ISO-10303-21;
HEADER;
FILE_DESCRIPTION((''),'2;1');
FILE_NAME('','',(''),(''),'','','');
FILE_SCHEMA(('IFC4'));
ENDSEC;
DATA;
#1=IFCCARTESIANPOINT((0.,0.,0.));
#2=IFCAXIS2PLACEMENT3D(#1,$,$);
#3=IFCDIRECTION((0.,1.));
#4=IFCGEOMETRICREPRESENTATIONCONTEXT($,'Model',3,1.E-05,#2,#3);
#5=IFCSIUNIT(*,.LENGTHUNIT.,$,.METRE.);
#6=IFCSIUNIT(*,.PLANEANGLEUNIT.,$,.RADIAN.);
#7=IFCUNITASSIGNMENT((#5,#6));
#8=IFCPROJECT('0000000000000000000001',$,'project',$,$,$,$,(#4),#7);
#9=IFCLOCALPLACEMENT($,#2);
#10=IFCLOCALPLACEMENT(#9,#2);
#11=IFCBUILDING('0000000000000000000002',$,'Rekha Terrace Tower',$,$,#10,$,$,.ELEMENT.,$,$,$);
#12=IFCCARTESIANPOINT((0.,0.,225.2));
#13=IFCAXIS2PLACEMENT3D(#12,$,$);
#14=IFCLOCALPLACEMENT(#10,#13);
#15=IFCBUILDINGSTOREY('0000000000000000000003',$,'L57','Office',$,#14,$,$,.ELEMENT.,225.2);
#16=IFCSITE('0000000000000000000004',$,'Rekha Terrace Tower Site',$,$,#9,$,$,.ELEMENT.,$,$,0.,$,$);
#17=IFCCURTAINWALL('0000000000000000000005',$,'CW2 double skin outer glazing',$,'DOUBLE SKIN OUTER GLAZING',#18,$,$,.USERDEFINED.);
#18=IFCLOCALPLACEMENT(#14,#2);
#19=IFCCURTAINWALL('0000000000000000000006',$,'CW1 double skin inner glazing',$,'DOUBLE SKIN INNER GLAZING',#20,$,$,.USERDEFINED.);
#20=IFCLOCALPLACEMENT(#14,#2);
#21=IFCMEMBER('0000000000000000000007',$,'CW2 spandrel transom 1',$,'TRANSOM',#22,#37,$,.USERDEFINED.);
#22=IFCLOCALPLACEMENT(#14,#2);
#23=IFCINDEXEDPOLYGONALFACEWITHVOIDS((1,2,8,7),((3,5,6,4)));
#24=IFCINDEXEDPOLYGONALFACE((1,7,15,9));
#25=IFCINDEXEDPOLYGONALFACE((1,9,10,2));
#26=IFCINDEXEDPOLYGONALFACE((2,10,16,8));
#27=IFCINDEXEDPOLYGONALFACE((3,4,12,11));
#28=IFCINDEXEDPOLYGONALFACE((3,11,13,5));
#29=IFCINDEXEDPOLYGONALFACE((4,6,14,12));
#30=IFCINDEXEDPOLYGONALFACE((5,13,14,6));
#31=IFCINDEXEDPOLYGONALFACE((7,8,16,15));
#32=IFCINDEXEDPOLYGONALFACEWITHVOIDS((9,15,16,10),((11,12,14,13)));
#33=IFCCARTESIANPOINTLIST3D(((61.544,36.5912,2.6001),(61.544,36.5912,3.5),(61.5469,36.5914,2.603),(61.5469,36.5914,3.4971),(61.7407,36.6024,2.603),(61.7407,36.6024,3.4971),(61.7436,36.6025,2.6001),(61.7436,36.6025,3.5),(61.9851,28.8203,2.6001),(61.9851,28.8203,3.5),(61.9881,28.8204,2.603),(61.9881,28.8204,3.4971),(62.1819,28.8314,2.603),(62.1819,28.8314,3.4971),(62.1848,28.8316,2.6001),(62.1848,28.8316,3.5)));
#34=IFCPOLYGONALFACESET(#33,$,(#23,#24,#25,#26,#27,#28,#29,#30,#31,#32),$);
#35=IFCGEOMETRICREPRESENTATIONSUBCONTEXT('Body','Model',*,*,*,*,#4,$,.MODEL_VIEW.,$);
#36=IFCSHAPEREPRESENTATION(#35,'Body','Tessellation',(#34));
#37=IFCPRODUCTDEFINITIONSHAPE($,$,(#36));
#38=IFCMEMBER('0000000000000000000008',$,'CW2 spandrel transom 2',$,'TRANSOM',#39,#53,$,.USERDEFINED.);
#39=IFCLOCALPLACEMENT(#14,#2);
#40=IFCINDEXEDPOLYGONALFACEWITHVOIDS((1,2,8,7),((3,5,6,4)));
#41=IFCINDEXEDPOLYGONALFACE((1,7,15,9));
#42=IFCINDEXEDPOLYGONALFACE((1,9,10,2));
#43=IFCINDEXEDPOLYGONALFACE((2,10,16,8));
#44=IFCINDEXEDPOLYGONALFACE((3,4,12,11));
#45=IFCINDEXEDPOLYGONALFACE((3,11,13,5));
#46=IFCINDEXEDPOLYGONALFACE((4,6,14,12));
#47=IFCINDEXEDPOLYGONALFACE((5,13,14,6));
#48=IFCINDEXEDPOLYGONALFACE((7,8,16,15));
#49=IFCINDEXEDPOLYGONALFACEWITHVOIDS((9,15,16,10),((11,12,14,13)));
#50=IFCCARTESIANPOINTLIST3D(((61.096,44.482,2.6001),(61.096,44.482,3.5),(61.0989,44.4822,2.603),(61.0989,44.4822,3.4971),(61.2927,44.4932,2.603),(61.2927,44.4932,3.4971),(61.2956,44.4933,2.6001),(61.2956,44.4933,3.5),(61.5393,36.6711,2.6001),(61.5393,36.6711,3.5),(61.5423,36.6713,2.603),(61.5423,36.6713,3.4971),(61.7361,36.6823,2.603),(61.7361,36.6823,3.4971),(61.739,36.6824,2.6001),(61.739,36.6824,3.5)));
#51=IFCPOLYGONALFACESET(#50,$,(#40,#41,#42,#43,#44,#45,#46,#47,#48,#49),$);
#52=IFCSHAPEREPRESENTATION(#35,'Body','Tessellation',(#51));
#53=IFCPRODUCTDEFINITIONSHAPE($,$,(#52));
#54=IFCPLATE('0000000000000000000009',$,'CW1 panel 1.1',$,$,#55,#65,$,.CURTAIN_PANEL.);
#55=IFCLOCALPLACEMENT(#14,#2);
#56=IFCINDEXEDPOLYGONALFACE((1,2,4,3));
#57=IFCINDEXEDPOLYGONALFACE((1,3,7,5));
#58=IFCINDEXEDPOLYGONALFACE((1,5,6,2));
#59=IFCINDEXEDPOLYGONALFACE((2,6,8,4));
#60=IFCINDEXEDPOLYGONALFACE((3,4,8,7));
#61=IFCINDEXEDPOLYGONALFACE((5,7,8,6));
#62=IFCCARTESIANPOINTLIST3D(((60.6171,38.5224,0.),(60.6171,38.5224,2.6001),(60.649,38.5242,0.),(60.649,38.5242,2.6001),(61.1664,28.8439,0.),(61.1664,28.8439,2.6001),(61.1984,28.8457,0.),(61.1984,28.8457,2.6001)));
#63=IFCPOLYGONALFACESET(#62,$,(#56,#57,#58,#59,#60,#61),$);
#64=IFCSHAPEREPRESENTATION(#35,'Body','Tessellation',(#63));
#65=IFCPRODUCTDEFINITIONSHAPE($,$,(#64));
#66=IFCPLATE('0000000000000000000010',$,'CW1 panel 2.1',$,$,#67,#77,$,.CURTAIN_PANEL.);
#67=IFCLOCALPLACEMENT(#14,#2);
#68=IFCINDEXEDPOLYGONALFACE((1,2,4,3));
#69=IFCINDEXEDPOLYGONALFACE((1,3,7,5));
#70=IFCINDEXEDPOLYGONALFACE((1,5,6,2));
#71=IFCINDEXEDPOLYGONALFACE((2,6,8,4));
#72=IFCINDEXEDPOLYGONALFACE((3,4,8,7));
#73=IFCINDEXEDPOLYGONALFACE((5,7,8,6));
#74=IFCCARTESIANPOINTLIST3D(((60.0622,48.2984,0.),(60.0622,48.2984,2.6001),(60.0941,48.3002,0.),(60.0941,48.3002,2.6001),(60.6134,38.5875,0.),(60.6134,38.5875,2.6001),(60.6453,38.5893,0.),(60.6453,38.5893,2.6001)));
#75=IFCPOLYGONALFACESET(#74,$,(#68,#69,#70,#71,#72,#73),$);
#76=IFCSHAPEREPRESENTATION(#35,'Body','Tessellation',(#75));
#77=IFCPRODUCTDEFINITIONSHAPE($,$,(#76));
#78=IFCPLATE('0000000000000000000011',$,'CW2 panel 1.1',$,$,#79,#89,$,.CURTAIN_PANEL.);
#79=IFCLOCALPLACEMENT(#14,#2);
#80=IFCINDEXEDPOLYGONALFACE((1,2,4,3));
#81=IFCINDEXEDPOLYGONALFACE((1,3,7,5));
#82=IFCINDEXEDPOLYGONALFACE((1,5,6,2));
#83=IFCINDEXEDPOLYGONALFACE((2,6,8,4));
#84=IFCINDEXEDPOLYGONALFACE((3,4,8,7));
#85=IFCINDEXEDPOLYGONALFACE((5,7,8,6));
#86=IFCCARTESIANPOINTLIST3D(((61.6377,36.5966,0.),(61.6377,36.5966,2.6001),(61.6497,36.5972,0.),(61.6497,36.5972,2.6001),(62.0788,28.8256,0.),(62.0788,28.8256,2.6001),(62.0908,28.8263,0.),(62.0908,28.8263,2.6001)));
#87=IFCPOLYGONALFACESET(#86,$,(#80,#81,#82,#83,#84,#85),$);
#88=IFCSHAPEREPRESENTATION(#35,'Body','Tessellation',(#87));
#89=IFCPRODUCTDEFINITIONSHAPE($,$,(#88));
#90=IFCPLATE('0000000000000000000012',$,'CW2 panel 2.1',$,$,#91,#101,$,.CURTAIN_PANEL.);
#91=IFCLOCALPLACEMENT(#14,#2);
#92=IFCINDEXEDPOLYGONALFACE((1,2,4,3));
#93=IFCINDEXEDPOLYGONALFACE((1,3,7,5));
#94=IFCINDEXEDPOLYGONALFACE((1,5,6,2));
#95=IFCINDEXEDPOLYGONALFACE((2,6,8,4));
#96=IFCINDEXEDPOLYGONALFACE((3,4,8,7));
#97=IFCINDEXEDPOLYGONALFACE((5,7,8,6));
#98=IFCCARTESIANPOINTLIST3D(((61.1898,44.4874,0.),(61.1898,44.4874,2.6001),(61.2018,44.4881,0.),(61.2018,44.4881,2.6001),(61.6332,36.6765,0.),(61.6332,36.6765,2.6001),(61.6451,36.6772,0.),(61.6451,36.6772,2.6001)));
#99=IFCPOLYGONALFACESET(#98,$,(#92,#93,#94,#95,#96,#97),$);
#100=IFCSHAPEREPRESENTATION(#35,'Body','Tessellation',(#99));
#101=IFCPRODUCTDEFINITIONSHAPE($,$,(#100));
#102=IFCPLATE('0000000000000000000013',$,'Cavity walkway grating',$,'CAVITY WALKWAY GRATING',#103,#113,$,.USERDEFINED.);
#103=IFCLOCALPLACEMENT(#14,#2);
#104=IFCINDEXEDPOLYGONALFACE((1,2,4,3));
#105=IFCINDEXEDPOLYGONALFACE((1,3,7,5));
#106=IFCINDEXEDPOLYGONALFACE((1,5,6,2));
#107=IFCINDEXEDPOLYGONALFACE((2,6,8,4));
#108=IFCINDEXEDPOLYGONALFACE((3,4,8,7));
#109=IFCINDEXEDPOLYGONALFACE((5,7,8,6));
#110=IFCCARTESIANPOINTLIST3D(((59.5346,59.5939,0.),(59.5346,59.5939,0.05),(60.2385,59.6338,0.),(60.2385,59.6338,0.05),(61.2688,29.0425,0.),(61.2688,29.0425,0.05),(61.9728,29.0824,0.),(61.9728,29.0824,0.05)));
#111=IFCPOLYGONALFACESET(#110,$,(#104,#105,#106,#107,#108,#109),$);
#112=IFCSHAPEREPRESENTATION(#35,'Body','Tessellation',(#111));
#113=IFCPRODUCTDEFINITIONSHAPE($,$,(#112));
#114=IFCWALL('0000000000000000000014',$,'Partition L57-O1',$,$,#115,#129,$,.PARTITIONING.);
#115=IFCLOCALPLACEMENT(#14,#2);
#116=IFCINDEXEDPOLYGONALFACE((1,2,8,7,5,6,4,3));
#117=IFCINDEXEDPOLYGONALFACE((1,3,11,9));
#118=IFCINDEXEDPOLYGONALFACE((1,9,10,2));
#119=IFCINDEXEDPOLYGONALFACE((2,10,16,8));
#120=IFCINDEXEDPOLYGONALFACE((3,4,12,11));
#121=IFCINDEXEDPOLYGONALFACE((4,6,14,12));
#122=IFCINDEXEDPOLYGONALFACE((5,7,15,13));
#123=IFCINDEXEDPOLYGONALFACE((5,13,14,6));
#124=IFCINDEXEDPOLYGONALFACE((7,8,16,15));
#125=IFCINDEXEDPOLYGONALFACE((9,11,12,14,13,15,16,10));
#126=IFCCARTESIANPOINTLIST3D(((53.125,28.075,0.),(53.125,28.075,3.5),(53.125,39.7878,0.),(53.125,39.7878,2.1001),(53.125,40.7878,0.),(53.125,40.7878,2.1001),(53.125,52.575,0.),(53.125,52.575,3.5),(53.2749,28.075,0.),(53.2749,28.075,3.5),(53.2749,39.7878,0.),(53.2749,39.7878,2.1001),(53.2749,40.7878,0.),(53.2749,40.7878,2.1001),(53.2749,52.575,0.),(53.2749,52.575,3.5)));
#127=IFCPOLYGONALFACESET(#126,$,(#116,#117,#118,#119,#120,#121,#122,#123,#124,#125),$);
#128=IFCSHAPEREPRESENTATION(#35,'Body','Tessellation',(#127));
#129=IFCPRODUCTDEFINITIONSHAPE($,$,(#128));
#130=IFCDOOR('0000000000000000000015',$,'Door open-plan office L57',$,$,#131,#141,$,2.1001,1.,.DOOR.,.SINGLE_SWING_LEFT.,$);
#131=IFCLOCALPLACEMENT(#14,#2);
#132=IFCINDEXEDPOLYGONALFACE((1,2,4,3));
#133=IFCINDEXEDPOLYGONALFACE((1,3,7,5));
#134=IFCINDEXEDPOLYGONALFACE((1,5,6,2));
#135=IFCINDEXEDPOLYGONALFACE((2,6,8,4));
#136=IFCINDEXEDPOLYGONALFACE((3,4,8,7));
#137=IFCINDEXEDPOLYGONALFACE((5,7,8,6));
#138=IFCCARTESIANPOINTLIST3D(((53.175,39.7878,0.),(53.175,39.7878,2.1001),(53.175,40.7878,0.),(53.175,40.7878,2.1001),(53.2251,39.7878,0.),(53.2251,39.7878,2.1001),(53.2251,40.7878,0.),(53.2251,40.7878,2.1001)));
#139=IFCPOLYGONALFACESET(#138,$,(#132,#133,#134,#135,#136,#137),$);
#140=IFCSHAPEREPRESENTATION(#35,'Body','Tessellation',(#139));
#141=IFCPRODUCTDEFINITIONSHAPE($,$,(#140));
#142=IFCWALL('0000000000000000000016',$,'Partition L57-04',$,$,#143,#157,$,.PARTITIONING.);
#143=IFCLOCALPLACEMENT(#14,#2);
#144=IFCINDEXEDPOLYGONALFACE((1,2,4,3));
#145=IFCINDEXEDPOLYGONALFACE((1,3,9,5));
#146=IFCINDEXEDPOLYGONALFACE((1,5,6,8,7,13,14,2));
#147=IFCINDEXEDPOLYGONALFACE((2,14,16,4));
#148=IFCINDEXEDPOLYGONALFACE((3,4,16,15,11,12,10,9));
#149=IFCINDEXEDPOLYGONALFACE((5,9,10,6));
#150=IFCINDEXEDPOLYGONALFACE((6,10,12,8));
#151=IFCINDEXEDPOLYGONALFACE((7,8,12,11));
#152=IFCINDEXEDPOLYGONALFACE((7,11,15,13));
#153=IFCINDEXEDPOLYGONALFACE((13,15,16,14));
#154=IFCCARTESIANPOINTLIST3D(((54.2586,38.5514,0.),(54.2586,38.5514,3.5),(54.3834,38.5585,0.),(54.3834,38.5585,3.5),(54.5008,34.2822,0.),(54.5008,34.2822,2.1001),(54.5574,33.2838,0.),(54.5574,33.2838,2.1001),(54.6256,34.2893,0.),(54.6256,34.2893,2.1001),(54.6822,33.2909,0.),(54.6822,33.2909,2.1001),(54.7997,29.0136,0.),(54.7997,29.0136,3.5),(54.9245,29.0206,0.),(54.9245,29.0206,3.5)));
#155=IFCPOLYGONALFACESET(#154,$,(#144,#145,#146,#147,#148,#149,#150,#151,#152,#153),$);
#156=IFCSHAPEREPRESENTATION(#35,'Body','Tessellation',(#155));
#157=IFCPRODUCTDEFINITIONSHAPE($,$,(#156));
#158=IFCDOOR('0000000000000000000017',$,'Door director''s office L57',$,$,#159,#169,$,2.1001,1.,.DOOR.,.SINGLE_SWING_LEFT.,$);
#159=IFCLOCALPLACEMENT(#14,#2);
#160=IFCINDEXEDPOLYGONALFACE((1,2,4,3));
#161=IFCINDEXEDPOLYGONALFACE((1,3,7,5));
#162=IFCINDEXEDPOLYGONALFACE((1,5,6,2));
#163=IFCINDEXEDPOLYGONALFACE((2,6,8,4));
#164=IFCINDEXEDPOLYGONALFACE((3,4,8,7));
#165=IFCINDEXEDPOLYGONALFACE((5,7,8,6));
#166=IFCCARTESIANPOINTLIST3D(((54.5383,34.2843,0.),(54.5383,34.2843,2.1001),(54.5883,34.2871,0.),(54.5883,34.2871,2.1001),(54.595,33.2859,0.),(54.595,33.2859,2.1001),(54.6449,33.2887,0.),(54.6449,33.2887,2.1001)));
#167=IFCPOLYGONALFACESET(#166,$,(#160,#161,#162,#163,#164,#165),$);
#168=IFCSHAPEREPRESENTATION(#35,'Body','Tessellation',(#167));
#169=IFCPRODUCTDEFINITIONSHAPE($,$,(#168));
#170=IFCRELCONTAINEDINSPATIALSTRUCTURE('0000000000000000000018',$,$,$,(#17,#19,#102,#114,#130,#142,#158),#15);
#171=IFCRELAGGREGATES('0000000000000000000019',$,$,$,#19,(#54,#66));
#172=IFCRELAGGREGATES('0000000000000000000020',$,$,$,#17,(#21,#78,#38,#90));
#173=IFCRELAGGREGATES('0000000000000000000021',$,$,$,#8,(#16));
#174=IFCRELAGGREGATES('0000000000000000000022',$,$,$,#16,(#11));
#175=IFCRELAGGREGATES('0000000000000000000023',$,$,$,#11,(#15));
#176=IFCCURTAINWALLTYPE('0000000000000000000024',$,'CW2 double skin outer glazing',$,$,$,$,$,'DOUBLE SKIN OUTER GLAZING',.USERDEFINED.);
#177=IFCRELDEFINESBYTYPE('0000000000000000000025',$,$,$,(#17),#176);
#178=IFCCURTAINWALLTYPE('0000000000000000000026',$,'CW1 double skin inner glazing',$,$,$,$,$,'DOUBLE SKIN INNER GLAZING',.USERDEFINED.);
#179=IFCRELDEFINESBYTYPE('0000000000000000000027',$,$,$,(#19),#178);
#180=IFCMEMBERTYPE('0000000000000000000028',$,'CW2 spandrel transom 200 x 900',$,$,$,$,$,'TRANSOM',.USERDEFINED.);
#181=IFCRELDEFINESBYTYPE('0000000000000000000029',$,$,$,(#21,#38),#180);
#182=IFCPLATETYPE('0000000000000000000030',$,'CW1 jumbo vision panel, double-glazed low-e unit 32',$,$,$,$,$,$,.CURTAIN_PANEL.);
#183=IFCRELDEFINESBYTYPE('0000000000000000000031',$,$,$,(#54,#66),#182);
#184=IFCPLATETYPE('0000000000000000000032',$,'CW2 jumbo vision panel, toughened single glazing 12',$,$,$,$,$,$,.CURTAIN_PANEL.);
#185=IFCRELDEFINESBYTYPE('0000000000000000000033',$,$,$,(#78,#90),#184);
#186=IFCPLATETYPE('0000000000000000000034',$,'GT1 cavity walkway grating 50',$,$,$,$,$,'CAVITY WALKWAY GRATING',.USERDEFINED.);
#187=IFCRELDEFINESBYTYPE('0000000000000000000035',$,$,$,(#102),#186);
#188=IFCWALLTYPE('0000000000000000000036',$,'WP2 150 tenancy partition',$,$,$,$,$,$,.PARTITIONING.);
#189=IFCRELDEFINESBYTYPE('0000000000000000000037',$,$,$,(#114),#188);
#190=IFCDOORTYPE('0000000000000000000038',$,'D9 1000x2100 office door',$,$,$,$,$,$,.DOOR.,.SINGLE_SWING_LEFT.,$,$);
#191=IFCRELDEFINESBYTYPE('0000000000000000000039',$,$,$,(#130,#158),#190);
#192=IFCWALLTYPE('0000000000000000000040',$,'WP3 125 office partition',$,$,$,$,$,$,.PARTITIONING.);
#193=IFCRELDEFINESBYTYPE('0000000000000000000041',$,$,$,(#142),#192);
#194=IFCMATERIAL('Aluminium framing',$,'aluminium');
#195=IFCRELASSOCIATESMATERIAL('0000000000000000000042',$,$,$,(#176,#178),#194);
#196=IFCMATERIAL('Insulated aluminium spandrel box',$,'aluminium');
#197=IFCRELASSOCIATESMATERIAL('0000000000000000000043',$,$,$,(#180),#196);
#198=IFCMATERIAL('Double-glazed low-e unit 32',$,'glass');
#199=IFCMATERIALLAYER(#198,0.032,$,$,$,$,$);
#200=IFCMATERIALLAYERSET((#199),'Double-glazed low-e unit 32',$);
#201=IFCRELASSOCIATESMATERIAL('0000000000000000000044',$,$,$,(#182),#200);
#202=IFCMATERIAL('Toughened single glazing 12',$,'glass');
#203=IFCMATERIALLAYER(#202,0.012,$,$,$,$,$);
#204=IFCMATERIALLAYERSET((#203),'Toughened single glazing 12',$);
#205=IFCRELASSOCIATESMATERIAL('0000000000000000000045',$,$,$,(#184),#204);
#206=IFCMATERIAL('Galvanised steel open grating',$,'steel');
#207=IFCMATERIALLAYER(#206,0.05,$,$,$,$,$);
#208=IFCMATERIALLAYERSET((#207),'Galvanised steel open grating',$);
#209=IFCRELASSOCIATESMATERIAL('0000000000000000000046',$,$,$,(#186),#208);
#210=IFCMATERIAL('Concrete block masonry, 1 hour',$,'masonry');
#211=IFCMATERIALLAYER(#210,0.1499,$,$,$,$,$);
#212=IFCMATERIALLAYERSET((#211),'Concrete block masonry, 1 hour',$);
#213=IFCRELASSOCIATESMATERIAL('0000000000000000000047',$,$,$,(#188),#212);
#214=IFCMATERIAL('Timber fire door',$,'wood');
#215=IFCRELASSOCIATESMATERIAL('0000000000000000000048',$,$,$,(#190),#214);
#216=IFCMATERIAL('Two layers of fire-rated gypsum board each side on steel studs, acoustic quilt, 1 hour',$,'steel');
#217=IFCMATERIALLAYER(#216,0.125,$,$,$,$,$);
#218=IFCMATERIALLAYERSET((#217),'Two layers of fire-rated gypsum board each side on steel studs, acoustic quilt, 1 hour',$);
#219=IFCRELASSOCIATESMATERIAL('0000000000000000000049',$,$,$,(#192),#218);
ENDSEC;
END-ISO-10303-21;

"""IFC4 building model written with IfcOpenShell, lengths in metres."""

from ifc_helpers import new_model, si_unit, direction, frame, frame_2d, origin, origin_2d, place, context, subcontext, project, spatial, rectangle, hollow_rectangle, extrude, material, layer, layer_set, material_profile, profile_set, type_object, element, fill, aggregate, save


model = new_model("IFC4")

# Units and contexts
model_context = context("Model", 3, precision=1e-05, world=origin(), true_north=direction((0.0, 1.0)))
body_context = subcontext(model_context, "Body", "Model", "MODEL_VIEW")
ifc_project = project(units=[si_unit("LENGTHUNIT", "METRE"), si_unit("PLANEANGLEUNIT", "RADIAN")], contexts=[model_context])

# Site, building, storey
site_placement = place(None, origin())
site = spatial("IfcSite", under=ifc_project, at=site_placement, Name="Rekha Terrace Tower Site", CompositionType="ELEMENT", RefElevation=0.0)
building_placement = place(site_placement, origin())
building = spatial("IfcBuilding", under=site, at=building_placement, Name="Rekha Terrace Tower", CompositionType="ELEMENT")
storey_placement = place(building_placement, frame((0.0, 0.0, 225.2)))
storey = spatial("IfcBuildingStorey", under=building, at=storey_placement, Name="L57", Description="Office", CompositionType="ELEMENT", Elevation=225.2)

# Curtain wall
ifc_material_1 = material(Name="Aluminium framing", Category="aluminium")
curtain_wall_type_1 = type_object("IfcCurtainWallType", Name="CW2 double skin outer glazing", ElementType="DOUBLE SKIN OUTER GLAZING", PredefinedType="USERDEFINED", material=ifc_material_1)
curtain_wall_1_placement = place(storey_placement, origin())
curtain_wall_1 = element("IfcCurtainWall", 1, at=curtain_wall_1_placement, inside=storey, type_object=curtain_wall_type_1, Name="CW2 double skin outer glazing", ObjectType="DOUBLE SKIN OUTER GLAZING", PredefinedType="USERDEFINED")

# Curtain wall
curtain_wall_type_2 = type_object("IfcCurtainWallType", Name="CW1 double skin inner glazing", ElementType="DOUBLE SKIN INNER GLAZING", PredefinedType="USERDEFINED", material=ifc_material_1)
curtain_wall_2_placement = place(storey_placement, origin())
curtain_wall_2 = element("IfcCurtainWall", 2, at=curtain_wall_2_placement, inside=storey, type_object=curtain_wall_type_2, Name="CW1 double skin inner glazing", ObjectType="DOUBLE SKIN INNER GLAZING", PredefinedType="USERDEFINED")
ifc_material_2 = material(Name="Insulated aluminium spandrel box", Category="aluminium")

# Members
ifc_material_profile_1 = material_profile(ifc_material_2, hollow_rectangle(XDim=0.2, YDim=0.8999, WallThickness=0.0029, at=origin_2d()), Name="AL SPANDREL BOX 200x900")
ifc_profile_set_1 = profile_set([ifc_material_profile_1], Name="Insulated aluminium spandrel box")
member_type_1 = type_object("IfcMemberType", Name="CW2 spandrel transom 200 x 900", ElementType="TRANSOM", PredefinedType="USERDEFINED", material=ifc_profile_set_1)
member_1_placement = place(storey_placement, frame((62.085, 28.8259, 3.05), z_axis=(-0.056679, 0.998392, 0.0), x_axis=(-0.998392, -0.056679, 0.0)))
member_1 = element("IfcMember", 3, at=member_1_placement, type_object=member_type_1, Name="CW2 spandrel transom 1", ObjectType="TRANSOM", PredefinedType="USERDEFINED", context=body_context, shape_type="SweptSolid", body=[
    extrude(hollow_rectangle(XDim=0.2, YDim=0.8999, WallThickness=0.0029, at=origin_2d()), origin(), (0.0, 0.0, 1.0), 7.7834),
])
member_2_placement = place(storey_placement, frame((61.6392, 36.6768, 3.05), z_axis=(-0.056669, 0.998393, 0.0), x_axis=(-0.998393, -0.056669, 0.0)))
member_2 = element("IfcMember", 4, at=member_2_placement, type_object=member_type_1, Name="CW2 spandrel transom 2", ObjectType="TRANSOM", PredefinedType="USERDEFINED", context=body_context, shape_type="SweptSolid", body=[
    extrude(hollow_rectangle(XDim=0.2, YDim=0.8999, WallThickness=0.0029, at=origin_2d()), origin(), (0.0, 0.0, 1.0), 7.8235),
])

# Plates
ifc_material_3 = material(Name="Double-glazed low-e unit 32", Category="glass")
ifc_layer_1 = layer(ifc_material_3, 0.032)
ifc_layer_set_1 = layer_set([ifc_layer_1], Name="Double-glazed low-e unit 32")
plate_type_1 = type_object("IfcPlateType", Name="CW1 jumbo vision panel, double-glazed low-e unit 32", PredefinedType="CURTAIN_PANEL", material=ifc_layer_set_1)
plate_1_placement = place(storey_placement, frame((60.9077, 33.6841, 0.0), z_axis=(0.0, 0.0, 1.0), x_axis=(-0.056673, 0.998393, 0.0)))
plate_1 = element("IfcPlate", 5, at=plate_1_placement, type_object=plate_type_1, Name="CW1 panel 1.1", PredefinedType="CURTAIN_PANEL", context=body_context, shape_type="SweptSolid", body=[
    extrude(rectangle(XDim=9.6941, YDim=0.032, at=origin_2d()), origin(), (0.0, 0.0, 1.0), 2.6001),
])
plate_2_placement = place(storey_placement, frame((60.3538, 43.4438, 0.0), z_axis=(0.0, 0.0, 1.0), x_axis=(-0.056673, 0.998393, 0.0)))
plate_2 = element("IfcPlate", 6, at=plate_2_placement, type_object=plate_type_1, Name="CW1 panel 2.1", PredefinedType="CURTAIN_PANEL", context=body_context, shape_type="SweptSolid", body=[
    extrude(rectangle(XDim=9.7266, YDim=0.032, at=origin_2d()), origin(), (0.0, 0.0, 1.0), 2.6001),
])
aggregate(curtain_wall_2, [plate_1, plate_2])
ifc_material_4 = material(Name="Toughened single glazing 12", Category="glass")
ifc_layer_2 = layer(ifc_material_4, 0.012)
ifc_layer_set_2 = layer_set([ifc_layer_2], Name="Toughened single glazing 12")
plate_type_2 = type_object("IfcPlateType", Name="CW2 jumbo vision panel, toughened single glazing 12", PredefinedType="CURTAIN_PANEL", material=ifc_layer_set_2)
plate_3_placement = place(storey_placement, frame((61.8643, 32.7114, 0.0), z_axis=(0.0, 0.0, 1.0), x_axis=(-0.056673, 0.998393, 0.0)))
plate_3 = element("IfcPlate", 7, at=plate_3_placement, type_object=plate_type_2, Name="CW2 panel 1.1", PredefinedType="CURTAIN_PANEL", context=body_context, shape_type="SweptSolid", body=[
    extrude(rectangle(XDim=7.7834, YDim=0.012, at=origin_2d()), origin(), (0.0, 0.0, 1.0), 2.6001),
])
plate_4_placement = place(storey_placement, frame((61.4175, 40.5823, 0.0), z_axis=(0.0, 0.0, 1.0), x_axis=(-0.056673, 0.998393, 0.0)))
plate_4 = element("IfcPlate", 8, at=plate_4_placement, type_object=plate_type_2, Name="CW2 panel 2.1", PredefinedType="CURTAIN_PANEL", context=body_context, shape_type="SweptSolid", body=[
    extrude(rectangle(XDim=7.8235, YDim=0.012, at=origin_2d()), origin(), (0.0, 0.0, 1.0), 2.6001),
])
aggregate(curtain_wall_1, [member_1, plate_3, member_2, plate_4])
ifc_material_5 = material(Name="Galvanised steel open grating", Category="steel")
ifc_layer_3 = layer(ifc_material_5, 0.05)
ifc_layer_set_3 = layer_set([ifc_layer_3], Name="Galvanised steel open grating")
plate_type_3 = type_object("IfcPlateType", Name="GT1 cavity walkway grating 50", ElementType="CAVITY WALKWAY GRATING", PredefinedType="USERDEFINED", material=ifc_layer_set_3)
plate_5_placement = place(storey_placement, frame((60.7537, 44.3381, 0.0), z_axis=(0.0, 0.0, 1.0), x_axis=(-0.056673, 0.998393, 0.0)))
element("IfcPlate", 9, at=plate_5_placement, inside=storey, type_object=plate_type_3, Name="Cavity walkway grating", ObjectType="CAVITY WALKWAY GRATING", PredefinedType="USERDEFINED", context=body_context, shape_type="SweptSolid", body=[
    extrude(rectangle(XDim=30.6006, YDim=0.7051, at=origin_2d()), origin(), (0.0, 0.0, 1.0), 0.05),
])

# Walls, openings, doors
ifc_material_6 = material(Name="Concrete block masonry, 1 hour", Category="masonry")
ifc_layer_4 = layer(ifc_material_6, 0.1499)
ifc_layer_set_4 = layer_set([ifc_layer_4], Name="Concrete block masonry, 1 hour")
wall_type_1 = type_object("IfcWallType", Name="WP2 150 tenancy partition", PredefinedType="PARTITIONING", material=ifc_layer_set_4)
wall_1_placement = place(storey_placement, frame((53.2, 28.075, 0.0), z_axis=(0.0, 0.0, 1.0), x_axis=(0.0, 1.0, 0.0)))
wall_1 = element("IfcWall", 10, at=wall_1_placement, inside=storey, type_object=wall_type_1, Name="Partition L57-O1", PredefinedType="PARTITIONING", context=body_context, shape_type="SweptSolid", body=[
    extrude(rectangle(XDim=24.5, YDim=0.1499, at=frame_2d((12.25, 0.0))), origin(), (0.0, 0.0, 1.0), 3.5),
])
opening_1_placement = place(wall_1_placement, frame((11.7129, 0.0, 0.0)))
opening_1 = element("IfcOpeningElement", 11, at=opening_1_placement, cuts=wall_1, PredefinedType="OPENING", context=body_context, shape_type="SweptSolid", body=[
    extrude(rectangle(XDim=1.0, YDim=2.1001, at=frame_2d((0.5, 1.05))), frame((0.0, 0.085, 0.0), z_axis=(0.0, -1.0, 0.0), x_axis=(1.0, 0.0, 0.0)), (0.0, 0.0, 1.0), 0.1699),
])
ifc_material_7 = material(Name="Timber fire door", Category="wood")
door_type = type_object("IfcDoorType", Name="D9 1000x2100 office door", OperationType="SINGLE_SWING_LEFT", PredefinedType="DOOR", material=ifc_material_7)
door_1_placement = place(opening_1_placement, origin())
door_1 = element("IfcDoor", 12, at=door_1_placement, inside=storey, type_object=door_type, Name="Door open-plan office L57", OperationType="SINGLE_SWING_LEFT", OverallHeight=2.1001, OverallWidth=1.0, PredefinedType="DOOR", context=body_context, shape_type="SweptSolid", body=[
    extrude(rectangle(XDim=1.0, YDim=2.1001, at=frame_2d((0.5, 1.05))), frame((0.0, 0.0249, 0.0), z_axis=(0.0, -1.0, 0.0), x_axis=(1.0, 0.0, 0.0)), (0.0, 0.0, 1.0), 0.05),
])
fill(opening_1, door_1)
ifc_material_8 = material(Name="Two layers of fire-rated gypsum board each side on steel studs, acoustic quilt, 1 hour", Category="steel")
ifc_layer_5 = layer(ifc_material_8, 0.125)
ifc_layer_set_5 = layer_set([ifc_layer_5], Name="Two layers of fire-rated gypsum board each side on steel studs, acoustic quilt, 1 hour")
wall_type_2 = type_object("IfcWallType", Name="WP3 125 office partition", PredefinedType="PARTITIONING", material=ifc_layer_set_5)
wall_2_placement = place(storey_placement, frame((54.8621, 29.0171, 0.0), z_axis=(0.0, 0.0, 1.0), x_axis=(-0.056632, 0.998395, 0.0)))
wall_2 = element("IfcWall", 13, at=wall_2_placement, inside=storey, type_object=wall_type_2, Name="Partition L57-04", PredefinedType="PARTITIONING", context=body_context, shape_type="SweptSolid", body=[
    extrude(rectangle(XDim=9.5532, YDim=0.125, at=frame_2d((4.7766, 0.0))), origin(), (0.0, 0.0, 1.0), 3.5),
])
opening_2_placement = place(wall_2_placement, frame((4.2771, 0.0, 0.0)))
opening_2 = element("IfcOpeningElement", 14, at=opening_2_placement, cuts=wall_2, PredefinedType="OPENING", context=body_context, shape_type="SweptSolid", body=[
    extrude(rectangle(XDim=1.0, YDim=2.1001, at=frame_2d((0.5, 1.05))), frame((0.0, 0.0725, 0.0), z_axis=(0.0, -1.0, 0.0), x_axis=(1.0, 0.0, 0.0)), (0.0, 0.0, 1.0), 0.145),
])
door_2_placement = place(opening_2_placement, origin())
door_2 = element("IfcDoor", 15, at=door_2_placement, inside=storey, type_object=door_type, Name="Door director's office L57", OperationType="SINGLE_SWING_LEFT", OverallHeight=2.1001, OverallWidth=1.0, PredefinedType="DOOR", context=body_context, shape_type="SweptSolid", body=[
    extrude(rectangle(XDim=1.0, YDim=2.1001, at=frame_2d((0.5, 1.05))), frame((0.0, 0.0249, 0.0), z_axis=(0.0, -1.0, 0.0), x_axis=(1.0, 0.0, 0.0)), (0.0, 0.0, 1.0), 0.05),
])
fill(opening_2, door_2)

save(model, "model.ifc")
